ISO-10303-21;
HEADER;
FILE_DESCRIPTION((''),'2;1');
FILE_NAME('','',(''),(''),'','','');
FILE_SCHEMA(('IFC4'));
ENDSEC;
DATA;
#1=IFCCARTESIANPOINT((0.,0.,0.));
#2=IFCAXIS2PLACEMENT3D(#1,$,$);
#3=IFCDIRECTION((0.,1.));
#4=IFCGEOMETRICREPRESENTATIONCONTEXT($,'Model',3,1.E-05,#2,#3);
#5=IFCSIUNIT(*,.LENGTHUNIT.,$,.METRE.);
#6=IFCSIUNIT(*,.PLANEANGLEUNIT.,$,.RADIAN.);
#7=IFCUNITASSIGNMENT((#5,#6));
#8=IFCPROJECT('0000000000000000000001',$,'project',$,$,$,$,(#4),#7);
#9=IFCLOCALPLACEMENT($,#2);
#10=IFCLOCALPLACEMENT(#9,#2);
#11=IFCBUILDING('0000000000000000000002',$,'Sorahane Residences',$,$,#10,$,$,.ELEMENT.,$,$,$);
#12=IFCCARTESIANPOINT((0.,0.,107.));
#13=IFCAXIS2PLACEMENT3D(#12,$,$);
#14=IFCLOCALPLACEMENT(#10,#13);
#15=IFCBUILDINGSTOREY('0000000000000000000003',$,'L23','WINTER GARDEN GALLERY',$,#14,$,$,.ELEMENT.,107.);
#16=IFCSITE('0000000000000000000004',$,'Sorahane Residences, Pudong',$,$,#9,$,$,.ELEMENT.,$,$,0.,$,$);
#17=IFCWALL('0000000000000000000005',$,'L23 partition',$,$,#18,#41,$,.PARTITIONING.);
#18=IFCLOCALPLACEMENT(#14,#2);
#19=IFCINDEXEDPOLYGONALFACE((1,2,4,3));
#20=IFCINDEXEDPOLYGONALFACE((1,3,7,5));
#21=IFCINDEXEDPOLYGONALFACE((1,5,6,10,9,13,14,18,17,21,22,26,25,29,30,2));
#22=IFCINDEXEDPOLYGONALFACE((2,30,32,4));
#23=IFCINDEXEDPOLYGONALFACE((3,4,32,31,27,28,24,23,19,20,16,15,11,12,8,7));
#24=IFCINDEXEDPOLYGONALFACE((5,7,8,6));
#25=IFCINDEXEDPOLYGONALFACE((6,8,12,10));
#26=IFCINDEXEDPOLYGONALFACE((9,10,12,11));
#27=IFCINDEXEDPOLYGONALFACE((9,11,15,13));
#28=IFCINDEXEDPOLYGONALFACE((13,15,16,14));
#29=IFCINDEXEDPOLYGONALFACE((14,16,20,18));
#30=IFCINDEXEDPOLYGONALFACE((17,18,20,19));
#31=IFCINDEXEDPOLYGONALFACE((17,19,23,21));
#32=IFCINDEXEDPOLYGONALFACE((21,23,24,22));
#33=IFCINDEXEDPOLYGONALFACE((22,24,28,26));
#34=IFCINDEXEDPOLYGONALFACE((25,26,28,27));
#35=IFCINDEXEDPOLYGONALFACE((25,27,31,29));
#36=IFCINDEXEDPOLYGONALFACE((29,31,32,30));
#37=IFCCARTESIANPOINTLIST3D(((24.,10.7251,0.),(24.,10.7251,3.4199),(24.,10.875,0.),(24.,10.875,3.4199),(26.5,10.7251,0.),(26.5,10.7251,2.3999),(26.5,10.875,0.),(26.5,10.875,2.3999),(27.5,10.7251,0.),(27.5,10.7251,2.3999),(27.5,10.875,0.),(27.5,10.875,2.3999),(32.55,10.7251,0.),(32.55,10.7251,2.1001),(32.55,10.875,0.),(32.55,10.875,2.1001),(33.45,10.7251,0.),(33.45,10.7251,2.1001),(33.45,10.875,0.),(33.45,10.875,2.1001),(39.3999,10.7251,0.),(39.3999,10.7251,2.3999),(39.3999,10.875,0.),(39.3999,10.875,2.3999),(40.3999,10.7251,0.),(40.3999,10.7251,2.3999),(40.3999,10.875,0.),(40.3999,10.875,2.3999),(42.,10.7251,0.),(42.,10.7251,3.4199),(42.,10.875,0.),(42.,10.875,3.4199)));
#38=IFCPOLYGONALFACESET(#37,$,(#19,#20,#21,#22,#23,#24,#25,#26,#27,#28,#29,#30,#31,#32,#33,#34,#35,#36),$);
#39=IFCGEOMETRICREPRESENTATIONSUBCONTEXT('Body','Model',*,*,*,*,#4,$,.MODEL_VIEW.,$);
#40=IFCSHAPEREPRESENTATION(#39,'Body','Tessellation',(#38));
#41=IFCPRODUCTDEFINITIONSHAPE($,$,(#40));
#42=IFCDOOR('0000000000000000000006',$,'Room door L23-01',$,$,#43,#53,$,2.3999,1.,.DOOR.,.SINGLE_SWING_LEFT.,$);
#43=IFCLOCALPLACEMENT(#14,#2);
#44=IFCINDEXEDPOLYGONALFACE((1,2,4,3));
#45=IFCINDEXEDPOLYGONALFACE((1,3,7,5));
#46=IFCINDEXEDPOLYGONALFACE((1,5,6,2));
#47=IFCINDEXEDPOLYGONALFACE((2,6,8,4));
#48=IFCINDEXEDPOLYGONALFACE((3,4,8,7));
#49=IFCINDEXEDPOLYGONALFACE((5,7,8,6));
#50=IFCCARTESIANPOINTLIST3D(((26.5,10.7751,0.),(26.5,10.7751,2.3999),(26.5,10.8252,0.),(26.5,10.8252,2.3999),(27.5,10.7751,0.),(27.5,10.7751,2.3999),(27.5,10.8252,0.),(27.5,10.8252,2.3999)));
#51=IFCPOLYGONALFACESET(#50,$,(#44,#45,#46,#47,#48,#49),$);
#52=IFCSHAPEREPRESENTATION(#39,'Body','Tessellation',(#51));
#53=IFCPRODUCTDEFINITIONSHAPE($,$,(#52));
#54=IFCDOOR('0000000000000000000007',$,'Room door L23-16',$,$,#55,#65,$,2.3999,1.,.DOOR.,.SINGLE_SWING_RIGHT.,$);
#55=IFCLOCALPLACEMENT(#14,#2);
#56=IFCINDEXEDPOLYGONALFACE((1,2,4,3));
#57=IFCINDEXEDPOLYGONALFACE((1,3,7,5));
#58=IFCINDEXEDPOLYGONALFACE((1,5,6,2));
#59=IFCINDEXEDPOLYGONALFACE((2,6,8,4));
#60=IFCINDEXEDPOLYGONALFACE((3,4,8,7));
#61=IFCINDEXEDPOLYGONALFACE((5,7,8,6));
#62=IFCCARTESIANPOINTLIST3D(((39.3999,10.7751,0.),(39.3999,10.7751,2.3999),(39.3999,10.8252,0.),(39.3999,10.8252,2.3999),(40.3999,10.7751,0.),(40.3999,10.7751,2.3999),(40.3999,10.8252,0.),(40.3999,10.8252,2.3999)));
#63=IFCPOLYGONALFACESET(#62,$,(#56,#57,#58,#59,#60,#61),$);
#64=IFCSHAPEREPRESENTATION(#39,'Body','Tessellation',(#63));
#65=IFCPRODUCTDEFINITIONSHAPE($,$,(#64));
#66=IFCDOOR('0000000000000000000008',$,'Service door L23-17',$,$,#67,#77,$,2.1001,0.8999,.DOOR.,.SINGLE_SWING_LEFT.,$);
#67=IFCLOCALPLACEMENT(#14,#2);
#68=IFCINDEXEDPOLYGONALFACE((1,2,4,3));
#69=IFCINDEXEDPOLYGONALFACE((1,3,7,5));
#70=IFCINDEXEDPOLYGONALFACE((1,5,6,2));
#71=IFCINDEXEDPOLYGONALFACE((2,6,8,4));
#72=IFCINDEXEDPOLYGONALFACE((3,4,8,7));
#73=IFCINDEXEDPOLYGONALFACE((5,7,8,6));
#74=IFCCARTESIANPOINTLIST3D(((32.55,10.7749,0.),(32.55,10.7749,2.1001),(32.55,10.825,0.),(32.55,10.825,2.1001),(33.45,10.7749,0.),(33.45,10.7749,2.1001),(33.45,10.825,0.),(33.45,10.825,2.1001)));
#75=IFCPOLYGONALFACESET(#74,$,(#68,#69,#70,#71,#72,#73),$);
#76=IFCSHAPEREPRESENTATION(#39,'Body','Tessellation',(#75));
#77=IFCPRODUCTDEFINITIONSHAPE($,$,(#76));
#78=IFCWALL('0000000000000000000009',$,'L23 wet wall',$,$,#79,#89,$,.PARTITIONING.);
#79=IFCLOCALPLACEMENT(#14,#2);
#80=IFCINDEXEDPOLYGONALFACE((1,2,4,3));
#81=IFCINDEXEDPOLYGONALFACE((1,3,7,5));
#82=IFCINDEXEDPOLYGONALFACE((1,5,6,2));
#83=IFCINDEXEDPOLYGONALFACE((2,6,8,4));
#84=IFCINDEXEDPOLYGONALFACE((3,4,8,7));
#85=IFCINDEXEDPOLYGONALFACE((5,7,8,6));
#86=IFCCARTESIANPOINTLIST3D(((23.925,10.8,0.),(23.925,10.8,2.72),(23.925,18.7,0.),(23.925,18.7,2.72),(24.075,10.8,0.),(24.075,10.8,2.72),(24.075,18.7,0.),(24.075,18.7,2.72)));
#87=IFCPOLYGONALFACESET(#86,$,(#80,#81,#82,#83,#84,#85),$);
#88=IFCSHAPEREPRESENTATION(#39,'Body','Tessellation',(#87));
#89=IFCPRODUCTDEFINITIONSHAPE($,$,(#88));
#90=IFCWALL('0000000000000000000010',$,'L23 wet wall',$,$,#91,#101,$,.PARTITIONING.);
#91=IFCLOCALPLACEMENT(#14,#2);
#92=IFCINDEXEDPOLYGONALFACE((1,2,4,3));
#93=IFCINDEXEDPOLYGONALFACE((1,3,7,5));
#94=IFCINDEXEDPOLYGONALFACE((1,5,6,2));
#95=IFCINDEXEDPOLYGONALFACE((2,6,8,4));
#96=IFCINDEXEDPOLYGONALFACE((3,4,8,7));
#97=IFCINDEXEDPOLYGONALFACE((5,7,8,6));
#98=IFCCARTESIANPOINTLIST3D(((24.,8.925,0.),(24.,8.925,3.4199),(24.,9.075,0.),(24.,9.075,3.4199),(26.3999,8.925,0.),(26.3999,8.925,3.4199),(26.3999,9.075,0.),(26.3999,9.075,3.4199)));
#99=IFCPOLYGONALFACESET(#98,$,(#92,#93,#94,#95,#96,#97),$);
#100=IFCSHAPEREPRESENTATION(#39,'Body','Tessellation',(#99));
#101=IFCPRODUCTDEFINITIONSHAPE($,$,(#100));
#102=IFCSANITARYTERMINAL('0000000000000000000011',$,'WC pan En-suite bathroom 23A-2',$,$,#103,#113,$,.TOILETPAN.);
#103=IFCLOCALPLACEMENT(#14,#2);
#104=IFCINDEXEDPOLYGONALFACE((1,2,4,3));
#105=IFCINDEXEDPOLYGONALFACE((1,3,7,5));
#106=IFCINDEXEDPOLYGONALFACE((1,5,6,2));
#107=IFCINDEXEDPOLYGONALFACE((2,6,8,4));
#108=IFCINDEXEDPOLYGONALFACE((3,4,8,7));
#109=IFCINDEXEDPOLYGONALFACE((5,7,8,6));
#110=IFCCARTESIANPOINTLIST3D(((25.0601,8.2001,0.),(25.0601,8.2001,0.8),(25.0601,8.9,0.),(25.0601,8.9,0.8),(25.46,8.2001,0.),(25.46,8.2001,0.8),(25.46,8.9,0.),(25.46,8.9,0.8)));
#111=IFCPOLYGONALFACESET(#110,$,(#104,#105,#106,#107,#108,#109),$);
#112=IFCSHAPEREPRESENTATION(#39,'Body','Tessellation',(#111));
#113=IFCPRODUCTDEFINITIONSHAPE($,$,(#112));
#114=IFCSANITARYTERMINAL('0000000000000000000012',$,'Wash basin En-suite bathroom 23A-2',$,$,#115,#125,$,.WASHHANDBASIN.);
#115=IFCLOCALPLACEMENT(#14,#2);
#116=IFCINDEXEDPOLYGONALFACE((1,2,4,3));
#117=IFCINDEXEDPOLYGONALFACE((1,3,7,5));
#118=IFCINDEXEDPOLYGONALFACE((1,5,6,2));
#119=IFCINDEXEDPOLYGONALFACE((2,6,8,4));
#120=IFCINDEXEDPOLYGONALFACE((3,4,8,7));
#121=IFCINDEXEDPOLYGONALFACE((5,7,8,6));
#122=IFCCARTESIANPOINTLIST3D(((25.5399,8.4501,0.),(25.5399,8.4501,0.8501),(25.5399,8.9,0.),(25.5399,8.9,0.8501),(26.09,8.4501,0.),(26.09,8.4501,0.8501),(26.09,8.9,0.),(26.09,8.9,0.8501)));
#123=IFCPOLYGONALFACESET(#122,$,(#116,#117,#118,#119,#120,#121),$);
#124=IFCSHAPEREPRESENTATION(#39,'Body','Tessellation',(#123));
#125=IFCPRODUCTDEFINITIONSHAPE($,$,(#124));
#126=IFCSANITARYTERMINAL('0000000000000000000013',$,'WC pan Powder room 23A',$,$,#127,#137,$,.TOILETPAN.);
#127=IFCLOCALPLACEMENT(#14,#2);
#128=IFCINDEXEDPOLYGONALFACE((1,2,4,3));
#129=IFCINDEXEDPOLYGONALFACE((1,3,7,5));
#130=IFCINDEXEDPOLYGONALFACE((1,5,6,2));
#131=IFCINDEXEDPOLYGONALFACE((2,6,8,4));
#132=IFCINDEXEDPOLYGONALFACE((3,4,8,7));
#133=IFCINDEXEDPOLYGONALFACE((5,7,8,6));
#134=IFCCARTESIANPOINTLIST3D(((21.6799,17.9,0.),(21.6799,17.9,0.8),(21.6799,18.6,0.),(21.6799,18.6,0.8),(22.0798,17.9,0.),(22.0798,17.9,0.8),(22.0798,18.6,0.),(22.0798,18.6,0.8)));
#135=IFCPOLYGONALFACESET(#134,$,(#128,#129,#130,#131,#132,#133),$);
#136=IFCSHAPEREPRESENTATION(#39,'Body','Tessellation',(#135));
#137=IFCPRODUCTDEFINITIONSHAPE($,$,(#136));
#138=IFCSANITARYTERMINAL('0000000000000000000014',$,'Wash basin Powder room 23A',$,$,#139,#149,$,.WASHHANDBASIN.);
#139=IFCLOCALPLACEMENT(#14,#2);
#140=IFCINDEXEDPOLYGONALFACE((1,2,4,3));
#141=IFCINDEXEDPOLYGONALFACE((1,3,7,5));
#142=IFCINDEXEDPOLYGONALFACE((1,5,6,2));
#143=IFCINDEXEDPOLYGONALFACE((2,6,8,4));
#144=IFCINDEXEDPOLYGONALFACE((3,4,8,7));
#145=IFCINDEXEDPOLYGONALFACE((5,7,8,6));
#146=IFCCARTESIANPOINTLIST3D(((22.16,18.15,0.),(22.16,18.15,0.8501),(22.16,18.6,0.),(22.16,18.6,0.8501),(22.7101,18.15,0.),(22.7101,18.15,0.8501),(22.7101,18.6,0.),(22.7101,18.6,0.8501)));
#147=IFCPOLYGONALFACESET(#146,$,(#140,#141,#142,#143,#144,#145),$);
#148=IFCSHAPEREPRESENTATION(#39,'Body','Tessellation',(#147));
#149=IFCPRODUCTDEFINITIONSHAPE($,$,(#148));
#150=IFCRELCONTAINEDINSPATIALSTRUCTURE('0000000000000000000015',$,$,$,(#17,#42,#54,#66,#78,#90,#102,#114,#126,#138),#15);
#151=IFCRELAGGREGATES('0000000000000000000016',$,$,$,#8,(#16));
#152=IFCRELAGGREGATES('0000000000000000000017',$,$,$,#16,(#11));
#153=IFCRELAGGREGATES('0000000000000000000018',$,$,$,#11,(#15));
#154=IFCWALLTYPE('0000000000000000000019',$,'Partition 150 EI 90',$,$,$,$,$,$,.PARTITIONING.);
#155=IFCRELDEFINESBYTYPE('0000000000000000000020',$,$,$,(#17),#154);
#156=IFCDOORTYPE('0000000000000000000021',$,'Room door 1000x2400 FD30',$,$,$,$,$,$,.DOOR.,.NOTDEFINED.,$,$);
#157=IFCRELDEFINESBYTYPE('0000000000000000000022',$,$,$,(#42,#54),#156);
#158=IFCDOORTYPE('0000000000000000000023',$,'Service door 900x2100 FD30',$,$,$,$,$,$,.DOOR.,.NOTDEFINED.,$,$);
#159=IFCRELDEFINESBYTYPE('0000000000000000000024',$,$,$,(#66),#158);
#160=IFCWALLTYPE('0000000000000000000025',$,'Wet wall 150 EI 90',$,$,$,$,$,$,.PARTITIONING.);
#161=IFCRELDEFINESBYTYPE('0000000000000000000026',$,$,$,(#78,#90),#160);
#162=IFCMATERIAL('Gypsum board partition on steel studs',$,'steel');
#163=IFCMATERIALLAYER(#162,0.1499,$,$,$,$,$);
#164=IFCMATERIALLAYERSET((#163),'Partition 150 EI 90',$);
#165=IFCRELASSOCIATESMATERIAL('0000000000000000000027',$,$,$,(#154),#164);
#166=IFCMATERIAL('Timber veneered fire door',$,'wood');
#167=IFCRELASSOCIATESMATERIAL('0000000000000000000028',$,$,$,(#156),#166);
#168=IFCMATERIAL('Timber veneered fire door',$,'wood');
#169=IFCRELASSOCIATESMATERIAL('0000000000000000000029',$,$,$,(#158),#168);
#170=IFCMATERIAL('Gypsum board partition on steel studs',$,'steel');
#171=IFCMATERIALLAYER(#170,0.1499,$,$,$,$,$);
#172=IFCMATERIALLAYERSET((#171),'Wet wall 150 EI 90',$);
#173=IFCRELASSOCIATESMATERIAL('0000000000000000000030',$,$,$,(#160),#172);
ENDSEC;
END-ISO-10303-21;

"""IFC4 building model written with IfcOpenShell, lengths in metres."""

from ifc_helpers import new_model, si_unit, direction, frame, frame_2d, origin, origin_2d, place, context, subcontext, project, spatial, rectangle, extrude, material, layer, layer_set, type_object, element, fill, save


model = new_model("IFC4")

# Units and contexts
model_context = context("Model", 3, precision=1e-05, world=origin(), true_north=direction((0.0, 1.0)))
body_context = subcontext(model_context, "Body", "Model", "MODEL_VIEW")
ifc_project = project(units=[si_unit("LENGTHUNIT", "METRE"), si_unit("PLANEANGLEUNIT", "RADIAN")], contexts=[model_context])

# Site, building, storey
site_placement = place(None, origin())
site = spatial("IfcSite", under=ifc_project, at=site_placement, Name="Sorahane Residences, Pudong", CompositionType="ELEMENT", RefElevation=0.0)
building_placement = place(site_placement, origin())
building = spatial("IfcBuilding", under=site, at=building_placement, Name="Sorahane Residences", CompositionType="ELEMENT")
storey_placement = place(building_placement, frame((0.0, 0.0, 107.0)))
storey = spatial("IfcBuildingStorey", under=building, at=storey_placement, Name="L23", Description="WINTER GARDEN GALLERY", CompositionType="ELEMENT", Elevation=107.0)

# Wall, openings, doors
ifc_material_1 = material(Name="Gypsum board partition on steel studs", Category="steel")
ifc_layer_1 = layer(ifc_material_1, 0.1499)
ifc_layer_set_1 = layer_set([ifc_layer_1], Name="Partition 150 EI 90")
wall_type_1 = type_object("IfcWallType", Name="Partition 150 EI 90", PredefinedType="PARTITIONING", material=ifc_layer_set_1)
wall_1_placement = place(storey_placement, frame((24.0, 10.8, 0.0), z_axis=(0.0, 0.0, 1.0), x_axis=(1.0, 0.0, 0.0)))
wall_1 = element("IfcWall", 1, at=wall_1_placement, inside=storey, type_object=wall_type_1, Name="L23 partition", PredefinedType="PARTITIONING", context=body_context, shape_type="SweptSolid", body=[
    extrude(rectangle(XDim=18.0, YDim=0.1499, at=frame_2d((9.0, 0.0))), origin(), (0.0, 0.0, 1.0), 3.4199),
])
opening_1_placement = place(wall_1_placement, frame((2.5, 0.0, 0.0)))
opening_1 = element("IfcOpeningElement", 2, at=opening_1_placement, cuts=wall_1, PredefinedType="OPENING", context=body_context, shape_type="SweptSolid", body=[
    extrude(rectangle(XDim=1.0, YDim=2.3999, at=frame_2d((0.5, 1.2))), frame((0.0, 0.085, 0.0), z_axis=(0.0, -1.0, 0.0), x_axis=(1.0, 0.0, 0.0)), (0.0, 0.0, 1.0), 0.1699),
])
opening_2_placement = place(wall_1_placement, frame((15.3999, 0.0, 0.0)))
opening_2 = element("IfcOpeningElement", 3, at=opening_2_placement, cuts=wall_1, PredefinedType="OPENING", context=body_context, shape_type="SweptSolid", body=[
    extrude(rectangle(XDim=1.0, YDim=2.3999, at=frame_2d((0.5, 1.2))), frame((0.0, 0.085, 0.0), z_axis=(0.0, -1.0, 0.0), x_axis=(1.0, 0.0, 0.0)), (0.0, 0.0, 1.0), 0.1699),
])
opening_3_placement = place(wall_1_placement, frame((8.55, 0.0, 0.0)))
opening_3 = element("IfcOpeningElement", 4, at=opening_3_placement, cuts=wall_1, PredefinedType="OPENING", context=body_context, shape_type="SweptSolid", body=[
    extrude(rectangle(XDim=0.8999, YDim=2.1001, at=frame_2d((0.45, 1.05))), frame((0.0, 0.085, 0.0), z_axis=(0.0, -1.0, 0.0), x_axis=(1.0, 0.0, 0.0)), (0.0, 0.0, 1.0), 0.1699),
])
ifc_material_2 = material(Name="Timber veneered fire door", Category="wood")
door_type_1 = type_object("IfcDoorType", Name="Room door 1000x2400 FD30", OperationType="NOTDEFINED", PredefinedType="DOOR", material=ifc_material_2)
door_1_placement = place(opening_1_placement, frame((1.0, 0.0, 0.0), z_axis=(0.0, 0.0, 1.0), x_axis=(-1.0, 0.0, 0.0)))
door_1 = element("IfcDoor", 5, at=door_1_placement, inside=storey, type_object=door_type_1, Name="Room door L23-01", OperationType="SINGLE_SWING_LEFT", OverallHeight=2.3999, OverallWidth=1.0, PredefinedType="DOOR", context=body_context, shape_type="SweptSolid", body=[
    extrude(rectangle(XDim=1.0, YDim=2.3999, at=frame_2d((0.5, 1.2))), frame((0.0, 0.0249, 0.0), z_axis=(0.0, -1.0, 0.0), x_axis=(1.0, 0.0, 0.0)), (0.0, 0.0, 1.0), 0.05),
])
fill(opening_1, door_1)
door_2_placement = place(opening_2_placement, frame((1.0, 0.0, 0.0), z_axis=(0.0, 0.0, 1.0), x_axis=(-1.0, 0.0, 0.0)))
door_2 = element("IfcDoor", 6, at=door_2_placement, inside=storey, type_object=door_type_1, Name="Room door L23-16", OperationType="SINGLE_SWING_RIGHT", OverallHeight=2.3999, OverallWidth=1.0, PredefinedType="DOOR", context=body_context, shape_type="SweptSolid", body=[
    extrude(rectangle(XDim=1.0, YDim=2.3999, at=frame_2d((0.5, 1.2))), frame((0.0, 0.0249, 0.0), z_axis=(0.0, -1.0, 0.0), x_axis=(1.0, 0.0, 0.0)), (0.0, 0.0, 1.0), 0.05),
])
fill(opening_2, door_2)
ifc_material_3 = material(Name="Timber veneered fire door", Category="wood")
door_type_2 = type_object("IfcDoorType", Name="Service door 900x2100 FD30", OperationType="NOTDEFINED", PredefinedType="DOOR", material=ifc_material_3)
door_3_placement = place(opening_3_placement, origin())
door_3 = element("IfcDoor", 7, at=door_3_placement, inside=storey, type_object=door_type_2, Name="Service door L23-17", OperationType="SINGLE_SWING_LEFT", OverallHeight=2.1001, OverallWidth=0.8999, PredefinedType="DOOR", context=body_context, shape_type="SweptSolid", body=[
    extrude(rectangle(XDim=0.8999, YDim=2.1001, at=frame_2d((0.45, 1.05))), frame((0.0, 0.0249, 0.0), z_axis=(0.0, -1.0, 0.0), x_axis=(1.0, 0.0, 0.0)), (0.0, 0.0, 1.0), 0.05),
])
fill(opening_3, door_3)

# Wall
ifc_material_4 = material(Name="Gypsum board partition on steel studs", Category="steel")
ifc_layer_2 = layer(ifc_material_4, 0.1499)
ifc_layer_set_2 = layer_set([ifc_layer_2], Name="Wet wall 150 EI 90")
wall_type_2 = type_object("IfcWallType", Name="Wet wall 150 EI 90", PredefinedType="PARTITIONING", material=ifc_layer_set_2)
wall_2_placement = place(storey_placement, frame((24.0, 10.8, 0.0), z_axis=(0.0, 0.0, 1.0), x_axis=(0.0, 1.0, 0.0)))
element("IfcWall", 8, at=wall_2_placement, inside=storey, type_object=wall_type_2, Name="L23 wet wall", PredefinedType="PARTITIONING", context=body_context, shape_type="SweptSolid", body=[
    extrude(rectangle(XDim=7.8999, YDim=0.1499, at=frame_2d((3.95, 0.0))), origin(), (0.0, 0.0, 1.0), 2.72),
])

# Wall
wall_3_placement = place(storey_placement, frame((24.0, 9.0, 0.0), z_axis=(0.0, 0.0, 1.0), x_axis=(1.0, 0.0, 0.0)))
element("IfcWall", 9, at=wall_3_placement, inside=storey, type_object=wall_type_2, Name="L23 wet wall", PredefinedType="PARTITIONING", context=body_context, shape_type="SweptSolid", body=[
    extrude(rectangle(XDim=2.3999, YDim=0.1499, at=frame_2d((1.2, 0.0))), origin(), (0.0, 0.0, 1.0), 3.4199),
])

# Sanitary terminals
sanitary_terminal_1_placement = place(storey_placement, frame((25.26, 8.55, 0.0), z_axis=(0.0, 0.0, 1.0), x_axis=(1.0, 0.0, 0.0)))
element("IfcSanitaryTerminal", 10, at=sanitary_terminal_1_placement, inside=storey, Name="WC pan En-suite bathroom 23A-2", PredefinedType="TOILETPAN", context=body_context, shape_type="SweptSolid", body=[
    extrude(rectangle(XDim=0.3999, YDim=0.7, at=origin_2d()), origin(), (0.0, 0.0, 1.0), 0.8),
])
sanitary_terminal_2_placement = place(storey_placement, frame((25.8149, 8.675, 0.0), z_axis=(0.0, 0.0, 1.0), x_axis=(1.0, 0.0, 0.0)))
element("IfcSanitaryTerminal", 11, at=sanitary_terminal_2_placement, inside=storey, Name="Wash basin En-suite bathroom 23A-2", PredefinedType="WASHHANDBASIN", context=body_context, shape_type="SweptSolid", body=[
    extrude(rectangle(XDim=0.55, YDim=0.45, at=origin_2d()), origin(), (0.0, 0.0, 1.0), 0.8501),
])
sanitary_terminal_3_placement = place(storey_placement, frame((21.8799, 18.25, 0.0), z_axis=(0.0, 0.0, 1.0), x_axis=(1.0, 0.0, 0.0)))
element("IfcSanitaryTerminal", 12, at=sanitary_terminal_3_placement, inside=storey, Name="WC pan Powder room 23A", PredefinedType="TOILETPAN", context=body_context, shape_type="SweptSolid", body=[
    extrude(rectangle(XDim=0.3999, YDim=0.7, at=origin_2d()), origin(), (0.0, 0.0, 1.0), 0.8),
])
sanitary_terminal_4_placement = place(storey_placement, frame((22.4351, 18.375, 0.0), z_axis=(0.0, 0.0, 1.0), x_axis=(1.0, 0.0, 0.0)))
element("IfcSanitaryTerminal", 13, at=sanitary_terminal_4_placement, inside=storey, Name="Wash basin Powder room 23A", PredefinedType="WASHHANDBASIN", context=body_context, shape_type="SweptSolid", body=[
    extrude(rectangle(XDim=0.55, YDim=0.45, at=origin_2d()), origin(), (0.0, 0.0, 1.0), 0.8501),
])

save(model, "model.ifc")
